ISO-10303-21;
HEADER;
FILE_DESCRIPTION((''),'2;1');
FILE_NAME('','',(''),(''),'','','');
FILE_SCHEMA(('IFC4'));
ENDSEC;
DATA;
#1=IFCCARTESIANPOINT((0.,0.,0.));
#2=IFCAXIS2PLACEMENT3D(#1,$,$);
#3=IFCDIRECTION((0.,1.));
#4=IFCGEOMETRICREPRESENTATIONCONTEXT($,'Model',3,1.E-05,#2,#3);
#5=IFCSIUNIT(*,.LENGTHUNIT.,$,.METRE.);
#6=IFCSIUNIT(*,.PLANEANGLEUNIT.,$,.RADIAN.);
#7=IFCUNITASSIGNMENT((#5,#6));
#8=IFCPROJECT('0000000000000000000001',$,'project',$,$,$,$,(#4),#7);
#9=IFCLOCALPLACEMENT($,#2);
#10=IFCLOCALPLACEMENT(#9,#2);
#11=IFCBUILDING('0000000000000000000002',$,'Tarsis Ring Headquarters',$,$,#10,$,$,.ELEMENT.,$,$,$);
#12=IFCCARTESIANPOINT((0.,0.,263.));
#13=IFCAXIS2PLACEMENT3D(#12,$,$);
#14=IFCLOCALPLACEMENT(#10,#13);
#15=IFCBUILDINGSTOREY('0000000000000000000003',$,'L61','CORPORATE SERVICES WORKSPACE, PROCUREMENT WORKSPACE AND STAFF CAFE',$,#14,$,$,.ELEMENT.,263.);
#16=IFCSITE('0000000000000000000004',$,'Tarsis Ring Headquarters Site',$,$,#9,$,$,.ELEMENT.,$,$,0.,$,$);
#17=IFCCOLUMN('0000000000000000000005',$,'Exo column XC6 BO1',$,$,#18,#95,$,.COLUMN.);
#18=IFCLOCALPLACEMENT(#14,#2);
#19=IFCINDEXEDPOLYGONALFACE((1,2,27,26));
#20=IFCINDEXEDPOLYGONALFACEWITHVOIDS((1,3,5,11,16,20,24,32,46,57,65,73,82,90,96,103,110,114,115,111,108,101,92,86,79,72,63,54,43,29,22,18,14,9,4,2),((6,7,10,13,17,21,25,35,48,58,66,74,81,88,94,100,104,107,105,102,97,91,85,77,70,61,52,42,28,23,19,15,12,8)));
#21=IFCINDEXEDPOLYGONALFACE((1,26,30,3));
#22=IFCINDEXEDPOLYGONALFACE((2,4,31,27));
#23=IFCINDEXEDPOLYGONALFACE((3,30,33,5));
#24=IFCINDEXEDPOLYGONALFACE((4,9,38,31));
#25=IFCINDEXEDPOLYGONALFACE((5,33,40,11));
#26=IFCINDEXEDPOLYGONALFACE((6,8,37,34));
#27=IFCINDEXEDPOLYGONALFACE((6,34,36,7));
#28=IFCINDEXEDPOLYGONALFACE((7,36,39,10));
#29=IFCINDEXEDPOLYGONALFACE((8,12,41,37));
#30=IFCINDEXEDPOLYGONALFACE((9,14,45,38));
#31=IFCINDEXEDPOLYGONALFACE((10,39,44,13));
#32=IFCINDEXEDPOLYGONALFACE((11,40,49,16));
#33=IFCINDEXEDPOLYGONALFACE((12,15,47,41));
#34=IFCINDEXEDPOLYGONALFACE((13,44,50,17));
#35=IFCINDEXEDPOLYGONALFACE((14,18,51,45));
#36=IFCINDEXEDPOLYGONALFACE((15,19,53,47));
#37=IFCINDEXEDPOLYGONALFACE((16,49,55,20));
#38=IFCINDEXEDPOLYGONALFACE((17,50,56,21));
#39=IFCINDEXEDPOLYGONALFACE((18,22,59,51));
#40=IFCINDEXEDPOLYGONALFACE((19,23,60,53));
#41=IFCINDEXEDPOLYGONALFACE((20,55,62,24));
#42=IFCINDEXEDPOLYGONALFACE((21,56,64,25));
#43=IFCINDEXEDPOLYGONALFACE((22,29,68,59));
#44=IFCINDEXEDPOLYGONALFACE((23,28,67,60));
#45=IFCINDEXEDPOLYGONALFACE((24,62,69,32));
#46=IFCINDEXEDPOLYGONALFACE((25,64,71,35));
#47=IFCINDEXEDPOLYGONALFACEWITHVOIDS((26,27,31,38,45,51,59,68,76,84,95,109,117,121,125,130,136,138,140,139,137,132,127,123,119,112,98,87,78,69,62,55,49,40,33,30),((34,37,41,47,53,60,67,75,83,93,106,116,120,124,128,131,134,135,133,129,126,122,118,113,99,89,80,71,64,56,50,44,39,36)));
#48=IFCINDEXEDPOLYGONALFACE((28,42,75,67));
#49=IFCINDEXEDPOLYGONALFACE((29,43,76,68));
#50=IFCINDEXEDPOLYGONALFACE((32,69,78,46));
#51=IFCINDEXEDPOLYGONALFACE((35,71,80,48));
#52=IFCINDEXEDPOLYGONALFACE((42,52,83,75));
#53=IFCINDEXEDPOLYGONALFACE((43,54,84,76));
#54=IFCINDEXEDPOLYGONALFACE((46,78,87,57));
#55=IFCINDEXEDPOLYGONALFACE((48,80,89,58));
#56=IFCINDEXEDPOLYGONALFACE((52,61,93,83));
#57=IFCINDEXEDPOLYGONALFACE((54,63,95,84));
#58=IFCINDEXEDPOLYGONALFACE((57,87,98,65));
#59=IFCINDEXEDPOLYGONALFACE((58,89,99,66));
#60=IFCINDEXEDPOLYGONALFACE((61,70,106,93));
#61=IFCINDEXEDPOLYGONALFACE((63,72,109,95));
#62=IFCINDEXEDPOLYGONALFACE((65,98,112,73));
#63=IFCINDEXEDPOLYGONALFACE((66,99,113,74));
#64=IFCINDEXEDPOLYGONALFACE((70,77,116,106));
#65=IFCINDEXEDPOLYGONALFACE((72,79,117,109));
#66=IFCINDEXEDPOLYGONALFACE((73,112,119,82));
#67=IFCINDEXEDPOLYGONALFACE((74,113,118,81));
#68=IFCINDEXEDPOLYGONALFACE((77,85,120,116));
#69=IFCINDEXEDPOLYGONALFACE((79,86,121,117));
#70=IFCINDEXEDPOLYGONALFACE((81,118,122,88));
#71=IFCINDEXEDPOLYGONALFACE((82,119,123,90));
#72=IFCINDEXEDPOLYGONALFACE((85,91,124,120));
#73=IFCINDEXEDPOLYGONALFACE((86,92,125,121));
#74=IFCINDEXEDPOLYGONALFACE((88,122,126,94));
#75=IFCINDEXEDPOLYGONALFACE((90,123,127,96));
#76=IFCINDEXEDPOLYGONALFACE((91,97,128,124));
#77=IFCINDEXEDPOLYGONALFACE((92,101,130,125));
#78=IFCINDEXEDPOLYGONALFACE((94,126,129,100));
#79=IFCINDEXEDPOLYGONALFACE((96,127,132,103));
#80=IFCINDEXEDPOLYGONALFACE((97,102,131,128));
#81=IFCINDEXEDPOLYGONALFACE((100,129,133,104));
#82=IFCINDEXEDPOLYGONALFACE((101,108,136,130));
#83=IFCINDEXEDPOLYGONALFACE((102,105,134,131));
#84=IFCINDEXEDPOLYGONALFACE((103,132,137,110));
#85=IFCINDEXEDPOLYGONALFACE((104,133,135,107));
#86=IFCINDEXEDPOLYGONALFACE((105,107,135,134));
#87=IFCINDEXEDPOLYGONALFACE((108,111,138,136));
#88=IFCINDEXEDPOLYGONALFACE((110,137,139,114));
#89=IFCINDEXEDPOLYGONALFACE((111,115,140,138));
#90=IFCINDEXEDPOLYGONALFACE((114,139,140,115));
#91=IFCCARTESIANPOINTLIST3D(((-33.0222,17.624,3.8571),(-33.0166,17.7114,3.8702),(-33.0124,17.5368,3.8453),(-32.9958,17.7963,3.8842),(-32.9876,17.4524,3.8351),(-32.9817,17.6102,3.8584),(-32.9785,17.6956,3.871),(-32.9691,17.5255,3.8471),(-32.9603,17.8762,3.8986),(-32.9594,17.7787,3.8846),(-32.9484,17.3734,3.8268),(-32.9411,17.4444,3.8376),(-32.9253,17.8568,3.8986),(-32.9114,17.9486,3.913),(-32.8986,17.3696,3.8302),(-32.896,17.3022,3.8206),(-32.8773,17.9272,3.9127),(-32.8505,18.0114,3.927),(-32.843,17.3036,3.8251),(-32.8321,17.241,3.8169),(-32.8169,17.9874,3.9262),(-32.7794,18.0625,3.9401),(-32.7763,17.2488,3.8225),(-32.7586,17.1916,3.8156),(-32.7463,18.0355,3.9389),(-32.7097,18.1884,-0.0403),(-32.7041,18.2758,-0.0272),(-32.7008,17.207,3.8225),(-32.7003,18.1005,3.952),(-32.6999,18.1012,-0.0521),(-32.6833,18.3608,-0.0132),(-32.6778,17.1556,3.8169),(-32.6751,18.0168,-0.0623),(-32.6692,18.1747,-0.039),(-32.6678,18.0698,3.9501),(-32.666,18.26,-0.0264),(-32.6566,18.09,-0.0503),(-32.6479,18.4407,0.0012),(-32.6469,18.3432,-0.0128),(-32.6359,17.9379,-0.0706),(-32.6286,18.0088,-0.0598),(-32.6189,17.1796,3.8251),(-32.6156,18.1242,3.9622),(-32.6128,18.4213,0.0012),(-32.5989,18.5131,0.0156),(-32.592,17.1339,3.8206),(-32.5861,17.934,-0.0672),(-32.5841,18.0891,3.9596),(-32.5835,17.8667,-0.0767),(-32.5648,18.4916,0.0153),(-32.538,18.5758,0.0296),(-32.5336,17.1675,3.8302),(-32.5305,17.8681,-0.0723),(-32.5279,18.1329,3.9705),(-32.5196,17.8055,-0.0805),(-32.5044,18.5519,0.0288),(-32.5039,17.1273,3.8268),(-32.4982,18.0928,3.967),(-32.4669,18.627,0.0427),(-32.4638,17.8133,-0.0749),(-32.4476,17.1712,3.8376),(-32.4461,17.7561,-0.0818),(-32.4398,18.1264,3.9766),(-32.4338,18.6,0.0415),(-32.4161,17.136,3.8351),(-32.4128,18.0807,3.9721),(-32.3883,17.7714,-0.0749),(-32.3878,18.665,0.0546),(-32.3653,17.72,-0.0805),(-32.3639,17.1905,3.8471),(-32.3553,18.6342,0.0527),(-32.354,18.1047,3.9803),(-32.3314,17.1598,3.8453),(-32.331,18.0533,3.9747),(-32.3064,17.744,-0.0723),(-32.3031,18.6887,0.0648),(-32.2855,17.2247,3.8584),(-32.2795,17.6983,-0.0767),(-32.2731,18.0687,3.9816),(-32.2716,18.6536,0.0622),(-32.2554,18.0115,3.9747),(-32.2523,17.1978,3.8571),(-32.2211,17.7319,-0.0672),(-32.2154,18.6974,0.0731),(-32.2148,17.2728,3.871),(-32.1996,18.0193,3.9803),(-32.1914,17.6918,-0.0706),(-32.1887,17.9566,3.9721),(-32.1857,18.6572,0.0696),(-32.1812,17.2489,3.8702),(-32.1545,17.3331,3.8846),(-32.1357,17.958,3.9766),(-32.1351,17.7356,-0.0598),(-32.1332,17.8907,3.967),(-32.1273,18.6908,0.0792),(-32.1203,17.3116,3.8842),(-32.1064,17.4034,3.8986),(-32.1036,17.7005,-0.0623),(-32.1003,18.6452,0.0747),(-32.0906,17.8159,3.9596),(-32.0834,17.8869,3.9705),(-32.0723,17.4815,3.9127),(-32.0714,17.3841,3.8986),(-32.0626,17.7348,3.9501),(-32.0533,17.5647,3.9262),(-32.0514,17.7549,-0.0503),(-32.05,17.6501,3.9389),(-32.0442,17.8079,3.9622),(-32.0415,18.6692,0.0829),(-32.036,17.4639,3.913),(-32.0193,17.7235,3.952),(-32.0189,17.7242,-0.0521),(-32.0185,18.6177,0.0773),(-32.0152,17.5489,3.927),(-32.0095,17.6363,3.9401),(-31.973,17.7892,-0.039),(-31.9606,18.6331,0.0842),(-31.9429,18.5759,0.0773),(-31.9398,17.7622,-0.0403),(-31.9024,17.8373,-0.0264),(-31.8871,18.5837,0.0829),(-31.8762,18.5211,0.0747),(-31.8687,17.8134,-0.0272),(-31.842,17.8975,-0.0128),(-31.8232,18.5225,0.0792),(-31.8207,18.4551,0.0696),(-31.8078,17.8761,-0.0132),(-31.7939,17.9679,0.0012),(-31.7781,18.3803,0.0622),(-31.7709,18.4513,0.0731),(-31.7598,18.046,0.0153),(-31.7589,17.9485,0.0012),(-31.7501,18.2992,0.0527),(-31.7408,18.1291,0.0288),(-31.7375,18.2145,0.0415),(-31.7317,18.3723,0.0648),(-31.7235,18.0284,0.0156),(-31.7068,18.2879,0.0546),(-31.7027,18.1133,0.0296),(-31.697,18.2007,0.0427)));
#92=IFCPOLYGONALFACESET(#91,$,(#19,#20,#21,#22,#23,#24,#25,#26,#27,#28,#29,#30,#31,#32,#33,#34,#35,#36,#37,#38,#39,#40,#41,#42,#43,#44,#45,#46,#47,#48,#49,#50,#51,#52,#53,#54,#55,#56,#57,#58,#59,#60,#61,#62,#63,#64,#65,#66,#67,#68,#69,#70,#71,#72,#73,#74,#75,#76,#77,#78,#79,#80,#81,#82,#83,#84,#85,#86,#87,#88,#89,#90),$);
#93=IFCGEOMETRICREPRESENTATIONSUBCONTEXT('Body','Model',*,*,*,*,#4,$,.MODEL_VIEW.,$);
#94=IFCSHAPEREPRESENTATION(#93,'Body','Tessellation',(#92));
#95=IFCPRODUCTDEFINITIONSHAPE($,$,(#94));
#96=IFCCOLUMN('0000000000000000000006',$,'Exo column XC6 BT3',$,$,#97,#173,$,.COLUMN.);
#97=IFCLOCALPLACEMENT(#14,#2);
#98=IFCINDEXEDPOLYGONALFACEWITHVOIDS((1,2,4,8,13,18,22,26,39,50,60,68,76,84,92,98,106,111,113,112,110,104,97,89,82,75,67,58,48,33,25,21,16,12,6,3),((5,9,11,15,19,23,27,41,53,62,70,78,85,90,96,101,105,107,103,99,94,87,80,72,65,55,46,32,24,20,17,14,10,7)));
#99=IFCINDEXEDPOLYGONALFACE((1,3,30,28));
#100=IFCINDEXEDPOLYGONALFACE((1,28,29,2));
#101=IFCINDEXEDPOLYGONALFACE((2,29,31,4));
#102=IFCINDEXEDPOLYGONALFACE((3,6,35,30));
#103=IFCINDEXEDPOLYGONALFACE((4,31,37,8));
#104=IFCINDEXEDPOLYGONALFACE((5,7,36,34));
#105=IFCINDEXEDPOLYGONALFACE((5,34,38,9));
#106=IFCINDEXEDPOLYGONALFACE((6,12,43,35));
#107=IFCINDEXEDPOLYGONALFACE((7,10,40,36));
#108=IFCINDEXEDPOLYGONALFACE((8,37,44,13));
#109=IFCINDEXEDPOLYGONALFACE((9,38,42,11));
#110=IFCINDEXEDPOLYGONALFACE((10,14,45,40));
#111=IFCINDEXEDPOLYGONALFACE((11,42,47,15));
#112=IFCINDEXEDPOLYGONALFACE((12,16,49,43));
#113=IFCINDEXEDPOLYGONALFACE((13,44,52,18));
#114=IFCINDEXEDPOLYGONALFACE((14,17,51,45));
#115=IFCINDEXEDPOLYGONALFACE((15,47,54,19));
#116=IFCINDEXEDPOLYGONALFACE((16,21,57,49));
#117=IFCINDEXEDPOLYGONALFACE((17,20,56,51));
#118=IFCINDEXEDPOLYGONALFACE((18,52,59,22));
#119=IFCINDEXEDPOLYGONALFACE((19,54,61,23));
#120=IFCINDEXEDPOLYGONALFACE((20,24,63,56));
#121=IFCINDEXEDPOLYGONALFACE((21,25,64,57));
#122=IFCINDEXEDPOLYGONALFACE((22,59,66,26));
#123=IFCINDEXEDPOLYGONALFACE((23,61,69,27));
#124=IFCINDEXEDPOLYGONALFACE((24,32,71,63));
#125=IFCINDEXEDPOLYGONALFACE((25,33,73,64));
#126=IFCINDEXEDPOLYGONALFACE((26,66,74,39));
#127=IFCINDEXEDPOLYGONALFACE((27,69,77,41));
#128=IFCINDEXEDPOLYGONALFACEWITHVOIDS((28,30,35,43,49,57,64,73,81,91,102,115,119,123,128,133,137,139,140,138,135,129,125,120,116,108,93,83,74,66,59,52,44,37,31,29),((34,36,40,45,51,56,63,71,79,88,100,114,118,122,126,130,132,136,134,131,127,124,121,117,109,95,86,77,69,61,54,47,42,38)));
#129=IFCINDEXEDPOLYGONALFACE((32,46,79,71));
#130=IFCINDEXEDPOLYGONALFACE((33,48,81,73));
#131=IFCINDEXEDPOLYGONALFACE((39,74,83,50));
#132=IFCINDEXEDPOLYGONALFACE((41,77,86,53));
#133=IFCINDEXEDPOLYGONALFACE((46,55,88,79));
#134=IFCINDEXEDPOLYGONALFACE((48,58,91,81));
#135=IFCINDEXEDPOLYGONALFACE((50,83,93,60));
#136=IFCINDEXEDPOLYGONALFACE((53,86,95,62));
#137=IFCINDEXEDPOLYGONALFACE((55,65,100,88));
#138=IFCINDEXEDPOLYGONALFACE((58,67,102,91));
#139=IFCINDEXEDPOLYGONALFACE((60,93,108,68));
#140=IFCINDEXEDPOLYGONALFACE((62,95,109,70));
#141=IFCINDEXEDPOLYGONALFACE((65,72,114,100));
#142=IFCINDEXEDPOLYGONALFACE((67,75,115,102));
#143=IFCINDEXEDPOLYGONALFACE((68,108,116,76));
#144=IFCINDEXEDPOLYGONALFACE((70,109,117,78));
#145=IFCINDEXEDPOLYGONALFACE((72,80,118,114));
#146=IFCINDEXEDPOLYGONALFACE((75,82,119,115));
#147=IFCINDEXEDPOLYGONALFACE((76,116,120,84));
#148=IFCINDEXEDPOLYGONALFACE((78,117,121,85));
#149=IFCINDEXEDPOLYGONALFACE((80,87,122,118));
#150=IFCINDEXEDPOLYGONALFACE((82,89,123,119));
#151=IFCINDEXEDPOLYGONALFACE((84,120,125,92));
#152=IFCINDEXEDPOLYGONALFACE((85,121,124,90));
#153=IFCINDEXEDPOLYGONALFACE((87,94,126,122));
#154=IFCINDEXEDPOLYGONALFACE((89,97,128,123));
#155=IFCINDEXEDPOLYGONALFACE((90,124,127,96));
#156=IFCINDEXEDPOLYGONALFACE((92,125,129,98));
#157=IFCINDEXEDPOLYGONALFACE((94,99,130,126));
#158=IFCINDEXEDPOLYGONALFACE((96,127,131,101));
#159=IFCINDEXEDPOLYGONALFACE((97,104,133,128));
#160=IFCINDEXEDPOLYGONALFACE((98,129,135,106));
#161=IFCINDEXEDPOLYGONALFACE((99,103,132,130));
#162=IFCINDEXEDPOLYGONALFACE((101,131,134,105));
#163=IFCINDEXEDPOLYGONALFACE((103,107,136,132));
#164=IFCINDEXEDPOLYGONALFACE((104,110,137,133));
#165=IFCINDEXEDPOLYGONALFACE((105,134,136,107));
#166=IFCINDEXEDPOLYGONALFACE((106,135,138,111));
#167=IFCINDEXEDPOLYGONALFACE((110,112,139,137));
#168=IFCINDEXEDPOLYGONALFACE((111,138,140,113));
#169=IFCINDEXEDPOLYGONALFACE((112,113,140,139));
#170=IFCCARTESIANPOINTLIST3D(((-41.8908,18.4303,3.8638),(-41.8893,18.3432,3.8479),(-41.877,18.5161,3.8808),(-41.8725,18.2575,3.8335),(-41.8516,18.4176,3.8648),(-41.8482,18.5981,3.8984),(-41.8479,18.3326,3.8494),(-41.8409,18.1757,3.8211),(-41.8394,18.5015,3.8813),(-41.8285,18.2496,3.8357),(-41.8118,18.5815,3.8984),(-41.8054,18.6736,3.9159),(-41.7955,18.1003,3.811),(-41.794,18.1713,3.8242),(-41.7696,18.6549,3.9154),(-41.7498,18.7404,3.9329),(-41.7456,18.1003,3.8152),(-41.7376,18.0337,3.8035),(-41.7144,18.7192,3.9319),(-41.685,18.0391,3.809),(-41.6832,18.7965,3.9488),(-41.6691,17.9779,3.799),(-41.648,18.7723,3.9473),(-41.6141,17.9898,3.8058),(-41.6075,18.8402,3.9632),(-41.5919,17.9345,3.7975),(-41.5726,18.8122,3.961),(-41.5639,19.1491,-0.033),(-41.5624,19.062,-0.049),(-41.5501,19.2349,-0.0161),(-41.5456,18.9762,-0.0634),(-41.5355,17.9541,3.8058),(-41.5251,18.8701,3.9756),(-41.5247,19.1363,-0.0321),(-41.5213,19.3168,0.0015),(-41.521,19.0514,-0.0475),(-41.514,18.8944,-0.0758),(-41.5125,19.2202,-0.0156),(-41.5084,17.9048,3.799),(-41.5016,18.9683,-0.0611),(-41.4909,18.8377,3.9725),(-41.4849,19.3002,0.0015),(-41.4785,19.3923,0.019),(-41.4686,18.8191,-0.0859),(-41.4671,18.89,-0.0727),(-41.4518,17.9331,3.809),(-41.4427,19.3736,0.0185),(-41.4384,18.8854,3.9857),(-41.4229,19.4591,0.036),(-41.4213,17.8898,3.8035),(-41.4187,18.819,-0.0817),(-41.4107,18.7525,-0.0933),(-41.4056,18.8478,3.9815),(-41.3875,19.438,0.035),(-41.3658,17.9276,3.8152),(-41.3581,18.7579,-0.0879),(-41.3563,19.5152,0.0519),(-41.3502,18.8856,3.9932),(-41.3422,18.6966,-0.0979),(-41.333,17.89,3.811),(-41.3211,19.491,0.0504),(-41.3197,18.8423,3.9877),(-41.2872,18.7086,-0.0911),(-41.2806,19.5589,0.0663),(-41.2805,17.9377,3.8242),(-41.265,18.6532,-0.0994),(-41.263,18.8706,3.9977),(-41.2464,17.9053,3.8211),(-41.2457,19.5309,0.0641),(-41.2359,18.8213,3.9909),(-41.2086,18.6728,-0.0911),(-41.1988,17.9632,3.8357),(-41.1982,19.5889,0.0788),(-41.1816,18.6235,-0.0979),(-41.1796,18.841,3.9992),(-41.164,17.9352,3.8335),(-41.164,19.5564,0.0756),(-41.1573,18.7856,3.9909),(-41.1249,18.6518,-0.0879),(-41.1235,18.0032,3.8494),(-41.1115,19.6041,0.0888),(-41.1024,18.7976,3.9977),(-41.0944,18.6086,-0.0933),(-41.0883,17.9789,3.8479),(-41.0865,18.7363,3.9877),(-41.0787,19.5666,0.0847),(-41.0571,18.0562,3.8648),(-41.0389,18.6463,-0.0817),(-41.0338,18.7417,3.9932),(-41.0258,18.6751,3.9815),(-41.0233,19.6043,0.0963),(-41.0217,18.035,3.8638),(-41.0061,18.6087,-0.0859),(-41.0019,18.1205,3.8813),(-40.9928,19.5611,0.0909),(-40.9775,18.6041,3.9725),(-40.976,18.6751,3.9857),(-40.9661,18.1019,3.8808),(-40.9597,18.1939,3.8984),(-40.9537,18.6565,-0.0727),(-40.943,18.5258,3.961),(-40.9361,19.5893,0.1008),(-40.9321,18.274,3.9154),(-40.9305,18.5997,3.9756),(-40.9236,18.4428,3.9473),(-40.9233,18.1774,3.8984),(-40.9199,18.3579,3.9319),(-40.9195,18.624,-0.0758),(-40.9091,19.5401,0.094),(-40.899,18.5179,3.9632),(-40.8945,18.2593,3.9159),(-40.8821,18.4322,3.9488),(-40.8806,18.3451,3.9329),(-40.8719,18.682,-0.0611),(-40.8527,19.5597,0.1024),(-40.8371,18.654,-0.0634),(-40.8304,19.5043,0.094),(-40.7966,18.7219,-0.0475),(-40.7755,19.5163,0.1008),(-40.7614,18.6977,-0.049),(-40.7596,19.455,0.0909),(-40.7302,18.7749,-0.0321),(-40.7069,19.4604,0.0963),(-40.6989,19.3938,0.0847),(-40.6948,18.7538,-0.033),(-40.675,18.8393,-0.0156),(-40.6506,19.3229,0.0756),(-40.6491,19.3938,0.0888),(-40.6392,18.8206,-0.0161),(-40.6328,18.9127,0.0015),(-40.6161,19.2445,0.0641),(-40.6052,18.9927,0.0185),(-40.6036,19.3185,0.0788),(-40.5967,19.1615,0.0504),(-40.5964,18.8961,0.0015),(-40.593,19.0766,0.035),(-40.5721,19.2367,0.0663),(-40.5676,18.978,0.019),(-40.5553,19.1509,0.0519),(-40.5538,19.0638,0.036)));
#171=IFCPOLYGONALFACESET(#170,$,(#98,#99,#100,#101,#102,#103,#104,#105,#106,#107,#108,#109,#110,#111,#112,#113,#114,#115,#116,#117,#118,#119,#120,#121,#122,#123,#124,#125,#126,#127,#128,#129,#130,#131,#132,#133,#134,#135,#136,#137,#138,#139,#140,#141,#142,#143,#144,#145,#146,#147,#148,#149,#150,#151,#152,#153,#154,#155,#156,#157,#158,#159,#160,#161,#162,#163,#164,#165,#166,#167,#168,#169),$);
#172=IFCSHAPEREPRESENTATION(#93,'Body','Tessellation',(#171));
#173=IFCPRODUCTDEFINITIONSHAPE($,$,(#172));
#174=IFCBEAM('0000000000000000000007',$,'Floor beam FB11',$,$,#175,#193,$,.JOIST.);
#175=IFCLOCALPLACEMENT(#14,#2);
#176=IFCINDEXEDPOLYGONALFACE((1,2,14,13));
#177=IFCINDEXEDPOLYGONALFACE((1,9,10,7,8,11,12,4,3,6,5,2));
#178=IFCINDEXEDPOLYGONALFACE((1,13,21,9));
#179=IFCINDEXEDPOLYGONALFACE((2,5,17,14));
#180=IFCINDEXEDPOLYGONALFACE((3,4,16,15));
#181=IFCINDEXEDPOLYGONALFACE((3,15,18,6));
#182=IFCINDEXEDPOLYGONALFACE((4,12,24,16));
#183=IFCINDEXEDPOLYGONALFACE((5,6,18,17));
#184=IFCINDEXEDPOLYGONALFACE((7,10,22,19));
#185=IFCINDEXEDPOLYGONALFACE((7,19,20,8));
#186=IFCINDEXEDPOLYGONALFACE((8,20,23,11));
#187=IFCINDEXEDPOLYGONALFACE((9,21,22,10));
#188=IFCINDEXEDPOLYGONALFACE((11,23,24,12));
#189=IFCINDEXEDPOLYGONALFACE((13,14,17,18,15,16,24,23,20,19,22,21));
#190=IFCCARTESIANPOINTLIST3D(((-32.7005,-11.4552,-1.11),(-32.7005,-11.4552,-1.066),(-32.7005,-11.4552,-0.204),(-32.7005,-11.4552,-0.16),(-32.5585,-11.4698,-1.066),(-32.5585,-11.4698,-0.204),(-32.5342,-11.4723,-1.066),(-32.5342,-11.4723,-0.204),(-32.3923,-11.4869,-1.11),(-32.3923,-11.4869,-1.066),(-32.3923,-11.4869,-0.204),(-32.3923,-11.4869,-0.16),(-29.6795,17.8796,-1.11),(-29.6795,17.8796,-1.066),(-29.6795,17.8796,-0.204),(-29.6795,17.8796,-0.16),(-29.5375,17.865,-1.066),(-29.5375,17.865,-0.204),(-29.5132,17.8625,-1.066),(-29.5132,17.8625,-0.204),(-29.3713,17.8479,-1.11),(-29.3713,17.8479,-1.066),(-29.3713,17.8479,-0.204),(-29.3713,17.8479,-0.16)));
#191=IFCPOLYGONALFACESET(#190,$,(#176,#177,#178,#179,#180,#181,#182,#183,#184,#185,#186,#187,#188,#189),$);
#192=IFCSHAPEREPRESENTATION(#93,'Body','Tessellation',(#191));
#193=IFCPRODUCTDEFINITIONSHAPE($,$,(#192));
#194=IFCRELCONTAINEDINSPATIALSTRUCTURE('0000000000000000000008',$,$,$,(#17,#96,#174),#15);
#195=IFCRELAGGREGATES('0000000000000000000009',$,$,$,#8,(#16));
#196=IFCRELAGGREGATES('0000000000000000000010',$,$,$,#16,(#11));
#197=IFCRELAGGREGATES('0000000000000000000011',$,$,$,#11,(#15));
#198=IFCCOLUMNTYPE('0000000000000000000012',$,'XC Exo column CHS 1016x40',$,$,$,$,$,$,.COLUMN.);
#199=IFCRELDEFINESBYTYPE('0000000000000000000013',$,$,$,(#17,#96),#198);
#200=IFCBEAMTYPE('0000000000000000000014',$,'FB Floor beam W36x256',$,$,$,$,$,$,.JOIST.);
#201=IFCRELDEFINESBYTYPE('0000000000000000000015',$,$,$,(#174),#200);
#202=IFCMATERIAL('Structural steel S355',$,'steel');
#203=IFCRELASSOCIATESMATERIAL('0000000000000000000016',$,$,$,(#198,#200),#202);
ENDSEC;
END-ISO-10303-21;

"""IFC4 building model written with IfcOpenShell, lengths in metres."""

from ifc_helpers import new_model, si_unit, direction, frame, origin, origin_2d, place, context, subcontext, project, spatial, hollow_circle, i_section, extrude, material, material_profile, profile_set, type_object, element, save


model = new_model("IFC4")

# Units and contexts
model_context = context("Model", 3, precision=1e-05, world=origin(), true_north=direction((0.0, 1.0)))
body_context = subcontext(model_context, "Body", "Model", "MODEL_VIEW")
ifc_project = project(units=[si_unit("LENGTHUNIT", "METRE"), si_unit("PLANEANGLEUNIT", "RADIAN")], contexts=[model_context])

# Site, building, storey
site_placement = place(None, origin())
site = spatial("IfcSite", under=ifc_project, at=site_placement, Name="Tarsis Ring Headquarters Site", CompositionType="ELEMENT", RefElevation=0.0)
building_placement = place(site_placement, origin())
building = spatial("IfcBuilding", under=site, at=building_placement, Name="Tarsis Ring Headquarters", CompositionType="ELEMENT")
storey_placement = place(building_placement, frame((0.0, 0.0, 263.0)))
storey = spatial("IfcBuildingStorey", under=building, at=storey_placement, Name="L61", Description="CORPORATE SERVICES WORKSPACE, PROCUREMENT WORKSPACE AND STAFF CAFE", CompositionType="ELEMENT", Elevation=263.0)

# Columns
ifc_material_1 = material(Name="Structural steel S355", Category="steel")
ifc_material_profile_1 = material_profile(ifc_material_1, hollow_circle(Radius=0.5081, WallThickness=0.04, at=origin_2d()), Name="CHS 1016x40")
ifc_profile_set_1 = profile_set([ifc_material_profile_1], Name="Structural steel S355")
column_type = type_object("IfcColumnType", Name="XC Exo column CHS 1016x40", PredefinedType="COLUMN", material=ifc_profile_set_1)
column_1_placement = place(storey_placement, frame((-32.2034, 18.1946, 0.0012), z_axis=(-0.079104, -0.142881, 0.986574), x_axis=(0.87487, -0.484357, 0.0)))
element("IfcColumn", 1, at=column_1_placement, inside=storey, type_object=column_type, Name="Exo column XC6 BO1", PredefinedType="COLUMN", context=body_context, shape_type="SweptSolid", body=[
    extrude(hollow_circle(Radius=0.5081, WallThickness=0.04, at=origin_2d()), origin(), (0.0, 0.0, 1.0), 3.9504),
])
column_2_placement = place(storey_placement, frame((-41.0588, 19.1064, 0.0015), z_axis=(-0.082216, -0.180765, 0.980084), x_axis=(0.910271, -0.414013, 0.0)))
element("IfcColumn", 2, at=column_2_placement, inside=storey, type_object=column_type, Name="Exo column XC6 BT3", PredefinedType="COLUMN", context=body_context, shape_type="SweptSolid", body=[
    extrude(hollow_circle(Radius=0.5081, WallThickness=0.04, at=origin_2d()), origin(), (0.0, 0.0, 1.0), 3.9761),
])

# Beam
ifc_material_profile_2 = material_profile(ifc_material_1, i_section(OverallWidth=0.3098, OverallDepth=0.95, WebThickness=0.0244, FlangeThickness=0.0439, at=origin_2d()), Name="W36x256")
ifc_profile_set_2 = profile_set([ifc_material_profile_2], Name="Structural steel S355")
beam_type_1 = type_object("IfcBeamType", Name="FB Floor beam W36x256", PredefinedType="JOIST", material=ifc_profile_set_2)
beam_1_placement = place(storey_placement, frame((-29.5254, 17.8638, -0.635), z_axis=(-0.102441, -0.994739, 0.0), x_axis=(0.994739, -0.102441, 0.0)))
element("IfcBeam", 3, at=beam_1_placement, inside=storey, type_object=beam_type_1, Name="Floor beam FB11", PredefinedType="JOIST", context=body_context, shape_type="SweptSolid", body=[
    extrude(i_section(OverallWidth=0.3098, OverallDepth=0.95, WebThickness=0.0244, FlangeThickness=0.0439, at=origin_2d()), origin(), (0.0, 0.0, 1.0), 29.49),
])

save(model, "model.ifc")
